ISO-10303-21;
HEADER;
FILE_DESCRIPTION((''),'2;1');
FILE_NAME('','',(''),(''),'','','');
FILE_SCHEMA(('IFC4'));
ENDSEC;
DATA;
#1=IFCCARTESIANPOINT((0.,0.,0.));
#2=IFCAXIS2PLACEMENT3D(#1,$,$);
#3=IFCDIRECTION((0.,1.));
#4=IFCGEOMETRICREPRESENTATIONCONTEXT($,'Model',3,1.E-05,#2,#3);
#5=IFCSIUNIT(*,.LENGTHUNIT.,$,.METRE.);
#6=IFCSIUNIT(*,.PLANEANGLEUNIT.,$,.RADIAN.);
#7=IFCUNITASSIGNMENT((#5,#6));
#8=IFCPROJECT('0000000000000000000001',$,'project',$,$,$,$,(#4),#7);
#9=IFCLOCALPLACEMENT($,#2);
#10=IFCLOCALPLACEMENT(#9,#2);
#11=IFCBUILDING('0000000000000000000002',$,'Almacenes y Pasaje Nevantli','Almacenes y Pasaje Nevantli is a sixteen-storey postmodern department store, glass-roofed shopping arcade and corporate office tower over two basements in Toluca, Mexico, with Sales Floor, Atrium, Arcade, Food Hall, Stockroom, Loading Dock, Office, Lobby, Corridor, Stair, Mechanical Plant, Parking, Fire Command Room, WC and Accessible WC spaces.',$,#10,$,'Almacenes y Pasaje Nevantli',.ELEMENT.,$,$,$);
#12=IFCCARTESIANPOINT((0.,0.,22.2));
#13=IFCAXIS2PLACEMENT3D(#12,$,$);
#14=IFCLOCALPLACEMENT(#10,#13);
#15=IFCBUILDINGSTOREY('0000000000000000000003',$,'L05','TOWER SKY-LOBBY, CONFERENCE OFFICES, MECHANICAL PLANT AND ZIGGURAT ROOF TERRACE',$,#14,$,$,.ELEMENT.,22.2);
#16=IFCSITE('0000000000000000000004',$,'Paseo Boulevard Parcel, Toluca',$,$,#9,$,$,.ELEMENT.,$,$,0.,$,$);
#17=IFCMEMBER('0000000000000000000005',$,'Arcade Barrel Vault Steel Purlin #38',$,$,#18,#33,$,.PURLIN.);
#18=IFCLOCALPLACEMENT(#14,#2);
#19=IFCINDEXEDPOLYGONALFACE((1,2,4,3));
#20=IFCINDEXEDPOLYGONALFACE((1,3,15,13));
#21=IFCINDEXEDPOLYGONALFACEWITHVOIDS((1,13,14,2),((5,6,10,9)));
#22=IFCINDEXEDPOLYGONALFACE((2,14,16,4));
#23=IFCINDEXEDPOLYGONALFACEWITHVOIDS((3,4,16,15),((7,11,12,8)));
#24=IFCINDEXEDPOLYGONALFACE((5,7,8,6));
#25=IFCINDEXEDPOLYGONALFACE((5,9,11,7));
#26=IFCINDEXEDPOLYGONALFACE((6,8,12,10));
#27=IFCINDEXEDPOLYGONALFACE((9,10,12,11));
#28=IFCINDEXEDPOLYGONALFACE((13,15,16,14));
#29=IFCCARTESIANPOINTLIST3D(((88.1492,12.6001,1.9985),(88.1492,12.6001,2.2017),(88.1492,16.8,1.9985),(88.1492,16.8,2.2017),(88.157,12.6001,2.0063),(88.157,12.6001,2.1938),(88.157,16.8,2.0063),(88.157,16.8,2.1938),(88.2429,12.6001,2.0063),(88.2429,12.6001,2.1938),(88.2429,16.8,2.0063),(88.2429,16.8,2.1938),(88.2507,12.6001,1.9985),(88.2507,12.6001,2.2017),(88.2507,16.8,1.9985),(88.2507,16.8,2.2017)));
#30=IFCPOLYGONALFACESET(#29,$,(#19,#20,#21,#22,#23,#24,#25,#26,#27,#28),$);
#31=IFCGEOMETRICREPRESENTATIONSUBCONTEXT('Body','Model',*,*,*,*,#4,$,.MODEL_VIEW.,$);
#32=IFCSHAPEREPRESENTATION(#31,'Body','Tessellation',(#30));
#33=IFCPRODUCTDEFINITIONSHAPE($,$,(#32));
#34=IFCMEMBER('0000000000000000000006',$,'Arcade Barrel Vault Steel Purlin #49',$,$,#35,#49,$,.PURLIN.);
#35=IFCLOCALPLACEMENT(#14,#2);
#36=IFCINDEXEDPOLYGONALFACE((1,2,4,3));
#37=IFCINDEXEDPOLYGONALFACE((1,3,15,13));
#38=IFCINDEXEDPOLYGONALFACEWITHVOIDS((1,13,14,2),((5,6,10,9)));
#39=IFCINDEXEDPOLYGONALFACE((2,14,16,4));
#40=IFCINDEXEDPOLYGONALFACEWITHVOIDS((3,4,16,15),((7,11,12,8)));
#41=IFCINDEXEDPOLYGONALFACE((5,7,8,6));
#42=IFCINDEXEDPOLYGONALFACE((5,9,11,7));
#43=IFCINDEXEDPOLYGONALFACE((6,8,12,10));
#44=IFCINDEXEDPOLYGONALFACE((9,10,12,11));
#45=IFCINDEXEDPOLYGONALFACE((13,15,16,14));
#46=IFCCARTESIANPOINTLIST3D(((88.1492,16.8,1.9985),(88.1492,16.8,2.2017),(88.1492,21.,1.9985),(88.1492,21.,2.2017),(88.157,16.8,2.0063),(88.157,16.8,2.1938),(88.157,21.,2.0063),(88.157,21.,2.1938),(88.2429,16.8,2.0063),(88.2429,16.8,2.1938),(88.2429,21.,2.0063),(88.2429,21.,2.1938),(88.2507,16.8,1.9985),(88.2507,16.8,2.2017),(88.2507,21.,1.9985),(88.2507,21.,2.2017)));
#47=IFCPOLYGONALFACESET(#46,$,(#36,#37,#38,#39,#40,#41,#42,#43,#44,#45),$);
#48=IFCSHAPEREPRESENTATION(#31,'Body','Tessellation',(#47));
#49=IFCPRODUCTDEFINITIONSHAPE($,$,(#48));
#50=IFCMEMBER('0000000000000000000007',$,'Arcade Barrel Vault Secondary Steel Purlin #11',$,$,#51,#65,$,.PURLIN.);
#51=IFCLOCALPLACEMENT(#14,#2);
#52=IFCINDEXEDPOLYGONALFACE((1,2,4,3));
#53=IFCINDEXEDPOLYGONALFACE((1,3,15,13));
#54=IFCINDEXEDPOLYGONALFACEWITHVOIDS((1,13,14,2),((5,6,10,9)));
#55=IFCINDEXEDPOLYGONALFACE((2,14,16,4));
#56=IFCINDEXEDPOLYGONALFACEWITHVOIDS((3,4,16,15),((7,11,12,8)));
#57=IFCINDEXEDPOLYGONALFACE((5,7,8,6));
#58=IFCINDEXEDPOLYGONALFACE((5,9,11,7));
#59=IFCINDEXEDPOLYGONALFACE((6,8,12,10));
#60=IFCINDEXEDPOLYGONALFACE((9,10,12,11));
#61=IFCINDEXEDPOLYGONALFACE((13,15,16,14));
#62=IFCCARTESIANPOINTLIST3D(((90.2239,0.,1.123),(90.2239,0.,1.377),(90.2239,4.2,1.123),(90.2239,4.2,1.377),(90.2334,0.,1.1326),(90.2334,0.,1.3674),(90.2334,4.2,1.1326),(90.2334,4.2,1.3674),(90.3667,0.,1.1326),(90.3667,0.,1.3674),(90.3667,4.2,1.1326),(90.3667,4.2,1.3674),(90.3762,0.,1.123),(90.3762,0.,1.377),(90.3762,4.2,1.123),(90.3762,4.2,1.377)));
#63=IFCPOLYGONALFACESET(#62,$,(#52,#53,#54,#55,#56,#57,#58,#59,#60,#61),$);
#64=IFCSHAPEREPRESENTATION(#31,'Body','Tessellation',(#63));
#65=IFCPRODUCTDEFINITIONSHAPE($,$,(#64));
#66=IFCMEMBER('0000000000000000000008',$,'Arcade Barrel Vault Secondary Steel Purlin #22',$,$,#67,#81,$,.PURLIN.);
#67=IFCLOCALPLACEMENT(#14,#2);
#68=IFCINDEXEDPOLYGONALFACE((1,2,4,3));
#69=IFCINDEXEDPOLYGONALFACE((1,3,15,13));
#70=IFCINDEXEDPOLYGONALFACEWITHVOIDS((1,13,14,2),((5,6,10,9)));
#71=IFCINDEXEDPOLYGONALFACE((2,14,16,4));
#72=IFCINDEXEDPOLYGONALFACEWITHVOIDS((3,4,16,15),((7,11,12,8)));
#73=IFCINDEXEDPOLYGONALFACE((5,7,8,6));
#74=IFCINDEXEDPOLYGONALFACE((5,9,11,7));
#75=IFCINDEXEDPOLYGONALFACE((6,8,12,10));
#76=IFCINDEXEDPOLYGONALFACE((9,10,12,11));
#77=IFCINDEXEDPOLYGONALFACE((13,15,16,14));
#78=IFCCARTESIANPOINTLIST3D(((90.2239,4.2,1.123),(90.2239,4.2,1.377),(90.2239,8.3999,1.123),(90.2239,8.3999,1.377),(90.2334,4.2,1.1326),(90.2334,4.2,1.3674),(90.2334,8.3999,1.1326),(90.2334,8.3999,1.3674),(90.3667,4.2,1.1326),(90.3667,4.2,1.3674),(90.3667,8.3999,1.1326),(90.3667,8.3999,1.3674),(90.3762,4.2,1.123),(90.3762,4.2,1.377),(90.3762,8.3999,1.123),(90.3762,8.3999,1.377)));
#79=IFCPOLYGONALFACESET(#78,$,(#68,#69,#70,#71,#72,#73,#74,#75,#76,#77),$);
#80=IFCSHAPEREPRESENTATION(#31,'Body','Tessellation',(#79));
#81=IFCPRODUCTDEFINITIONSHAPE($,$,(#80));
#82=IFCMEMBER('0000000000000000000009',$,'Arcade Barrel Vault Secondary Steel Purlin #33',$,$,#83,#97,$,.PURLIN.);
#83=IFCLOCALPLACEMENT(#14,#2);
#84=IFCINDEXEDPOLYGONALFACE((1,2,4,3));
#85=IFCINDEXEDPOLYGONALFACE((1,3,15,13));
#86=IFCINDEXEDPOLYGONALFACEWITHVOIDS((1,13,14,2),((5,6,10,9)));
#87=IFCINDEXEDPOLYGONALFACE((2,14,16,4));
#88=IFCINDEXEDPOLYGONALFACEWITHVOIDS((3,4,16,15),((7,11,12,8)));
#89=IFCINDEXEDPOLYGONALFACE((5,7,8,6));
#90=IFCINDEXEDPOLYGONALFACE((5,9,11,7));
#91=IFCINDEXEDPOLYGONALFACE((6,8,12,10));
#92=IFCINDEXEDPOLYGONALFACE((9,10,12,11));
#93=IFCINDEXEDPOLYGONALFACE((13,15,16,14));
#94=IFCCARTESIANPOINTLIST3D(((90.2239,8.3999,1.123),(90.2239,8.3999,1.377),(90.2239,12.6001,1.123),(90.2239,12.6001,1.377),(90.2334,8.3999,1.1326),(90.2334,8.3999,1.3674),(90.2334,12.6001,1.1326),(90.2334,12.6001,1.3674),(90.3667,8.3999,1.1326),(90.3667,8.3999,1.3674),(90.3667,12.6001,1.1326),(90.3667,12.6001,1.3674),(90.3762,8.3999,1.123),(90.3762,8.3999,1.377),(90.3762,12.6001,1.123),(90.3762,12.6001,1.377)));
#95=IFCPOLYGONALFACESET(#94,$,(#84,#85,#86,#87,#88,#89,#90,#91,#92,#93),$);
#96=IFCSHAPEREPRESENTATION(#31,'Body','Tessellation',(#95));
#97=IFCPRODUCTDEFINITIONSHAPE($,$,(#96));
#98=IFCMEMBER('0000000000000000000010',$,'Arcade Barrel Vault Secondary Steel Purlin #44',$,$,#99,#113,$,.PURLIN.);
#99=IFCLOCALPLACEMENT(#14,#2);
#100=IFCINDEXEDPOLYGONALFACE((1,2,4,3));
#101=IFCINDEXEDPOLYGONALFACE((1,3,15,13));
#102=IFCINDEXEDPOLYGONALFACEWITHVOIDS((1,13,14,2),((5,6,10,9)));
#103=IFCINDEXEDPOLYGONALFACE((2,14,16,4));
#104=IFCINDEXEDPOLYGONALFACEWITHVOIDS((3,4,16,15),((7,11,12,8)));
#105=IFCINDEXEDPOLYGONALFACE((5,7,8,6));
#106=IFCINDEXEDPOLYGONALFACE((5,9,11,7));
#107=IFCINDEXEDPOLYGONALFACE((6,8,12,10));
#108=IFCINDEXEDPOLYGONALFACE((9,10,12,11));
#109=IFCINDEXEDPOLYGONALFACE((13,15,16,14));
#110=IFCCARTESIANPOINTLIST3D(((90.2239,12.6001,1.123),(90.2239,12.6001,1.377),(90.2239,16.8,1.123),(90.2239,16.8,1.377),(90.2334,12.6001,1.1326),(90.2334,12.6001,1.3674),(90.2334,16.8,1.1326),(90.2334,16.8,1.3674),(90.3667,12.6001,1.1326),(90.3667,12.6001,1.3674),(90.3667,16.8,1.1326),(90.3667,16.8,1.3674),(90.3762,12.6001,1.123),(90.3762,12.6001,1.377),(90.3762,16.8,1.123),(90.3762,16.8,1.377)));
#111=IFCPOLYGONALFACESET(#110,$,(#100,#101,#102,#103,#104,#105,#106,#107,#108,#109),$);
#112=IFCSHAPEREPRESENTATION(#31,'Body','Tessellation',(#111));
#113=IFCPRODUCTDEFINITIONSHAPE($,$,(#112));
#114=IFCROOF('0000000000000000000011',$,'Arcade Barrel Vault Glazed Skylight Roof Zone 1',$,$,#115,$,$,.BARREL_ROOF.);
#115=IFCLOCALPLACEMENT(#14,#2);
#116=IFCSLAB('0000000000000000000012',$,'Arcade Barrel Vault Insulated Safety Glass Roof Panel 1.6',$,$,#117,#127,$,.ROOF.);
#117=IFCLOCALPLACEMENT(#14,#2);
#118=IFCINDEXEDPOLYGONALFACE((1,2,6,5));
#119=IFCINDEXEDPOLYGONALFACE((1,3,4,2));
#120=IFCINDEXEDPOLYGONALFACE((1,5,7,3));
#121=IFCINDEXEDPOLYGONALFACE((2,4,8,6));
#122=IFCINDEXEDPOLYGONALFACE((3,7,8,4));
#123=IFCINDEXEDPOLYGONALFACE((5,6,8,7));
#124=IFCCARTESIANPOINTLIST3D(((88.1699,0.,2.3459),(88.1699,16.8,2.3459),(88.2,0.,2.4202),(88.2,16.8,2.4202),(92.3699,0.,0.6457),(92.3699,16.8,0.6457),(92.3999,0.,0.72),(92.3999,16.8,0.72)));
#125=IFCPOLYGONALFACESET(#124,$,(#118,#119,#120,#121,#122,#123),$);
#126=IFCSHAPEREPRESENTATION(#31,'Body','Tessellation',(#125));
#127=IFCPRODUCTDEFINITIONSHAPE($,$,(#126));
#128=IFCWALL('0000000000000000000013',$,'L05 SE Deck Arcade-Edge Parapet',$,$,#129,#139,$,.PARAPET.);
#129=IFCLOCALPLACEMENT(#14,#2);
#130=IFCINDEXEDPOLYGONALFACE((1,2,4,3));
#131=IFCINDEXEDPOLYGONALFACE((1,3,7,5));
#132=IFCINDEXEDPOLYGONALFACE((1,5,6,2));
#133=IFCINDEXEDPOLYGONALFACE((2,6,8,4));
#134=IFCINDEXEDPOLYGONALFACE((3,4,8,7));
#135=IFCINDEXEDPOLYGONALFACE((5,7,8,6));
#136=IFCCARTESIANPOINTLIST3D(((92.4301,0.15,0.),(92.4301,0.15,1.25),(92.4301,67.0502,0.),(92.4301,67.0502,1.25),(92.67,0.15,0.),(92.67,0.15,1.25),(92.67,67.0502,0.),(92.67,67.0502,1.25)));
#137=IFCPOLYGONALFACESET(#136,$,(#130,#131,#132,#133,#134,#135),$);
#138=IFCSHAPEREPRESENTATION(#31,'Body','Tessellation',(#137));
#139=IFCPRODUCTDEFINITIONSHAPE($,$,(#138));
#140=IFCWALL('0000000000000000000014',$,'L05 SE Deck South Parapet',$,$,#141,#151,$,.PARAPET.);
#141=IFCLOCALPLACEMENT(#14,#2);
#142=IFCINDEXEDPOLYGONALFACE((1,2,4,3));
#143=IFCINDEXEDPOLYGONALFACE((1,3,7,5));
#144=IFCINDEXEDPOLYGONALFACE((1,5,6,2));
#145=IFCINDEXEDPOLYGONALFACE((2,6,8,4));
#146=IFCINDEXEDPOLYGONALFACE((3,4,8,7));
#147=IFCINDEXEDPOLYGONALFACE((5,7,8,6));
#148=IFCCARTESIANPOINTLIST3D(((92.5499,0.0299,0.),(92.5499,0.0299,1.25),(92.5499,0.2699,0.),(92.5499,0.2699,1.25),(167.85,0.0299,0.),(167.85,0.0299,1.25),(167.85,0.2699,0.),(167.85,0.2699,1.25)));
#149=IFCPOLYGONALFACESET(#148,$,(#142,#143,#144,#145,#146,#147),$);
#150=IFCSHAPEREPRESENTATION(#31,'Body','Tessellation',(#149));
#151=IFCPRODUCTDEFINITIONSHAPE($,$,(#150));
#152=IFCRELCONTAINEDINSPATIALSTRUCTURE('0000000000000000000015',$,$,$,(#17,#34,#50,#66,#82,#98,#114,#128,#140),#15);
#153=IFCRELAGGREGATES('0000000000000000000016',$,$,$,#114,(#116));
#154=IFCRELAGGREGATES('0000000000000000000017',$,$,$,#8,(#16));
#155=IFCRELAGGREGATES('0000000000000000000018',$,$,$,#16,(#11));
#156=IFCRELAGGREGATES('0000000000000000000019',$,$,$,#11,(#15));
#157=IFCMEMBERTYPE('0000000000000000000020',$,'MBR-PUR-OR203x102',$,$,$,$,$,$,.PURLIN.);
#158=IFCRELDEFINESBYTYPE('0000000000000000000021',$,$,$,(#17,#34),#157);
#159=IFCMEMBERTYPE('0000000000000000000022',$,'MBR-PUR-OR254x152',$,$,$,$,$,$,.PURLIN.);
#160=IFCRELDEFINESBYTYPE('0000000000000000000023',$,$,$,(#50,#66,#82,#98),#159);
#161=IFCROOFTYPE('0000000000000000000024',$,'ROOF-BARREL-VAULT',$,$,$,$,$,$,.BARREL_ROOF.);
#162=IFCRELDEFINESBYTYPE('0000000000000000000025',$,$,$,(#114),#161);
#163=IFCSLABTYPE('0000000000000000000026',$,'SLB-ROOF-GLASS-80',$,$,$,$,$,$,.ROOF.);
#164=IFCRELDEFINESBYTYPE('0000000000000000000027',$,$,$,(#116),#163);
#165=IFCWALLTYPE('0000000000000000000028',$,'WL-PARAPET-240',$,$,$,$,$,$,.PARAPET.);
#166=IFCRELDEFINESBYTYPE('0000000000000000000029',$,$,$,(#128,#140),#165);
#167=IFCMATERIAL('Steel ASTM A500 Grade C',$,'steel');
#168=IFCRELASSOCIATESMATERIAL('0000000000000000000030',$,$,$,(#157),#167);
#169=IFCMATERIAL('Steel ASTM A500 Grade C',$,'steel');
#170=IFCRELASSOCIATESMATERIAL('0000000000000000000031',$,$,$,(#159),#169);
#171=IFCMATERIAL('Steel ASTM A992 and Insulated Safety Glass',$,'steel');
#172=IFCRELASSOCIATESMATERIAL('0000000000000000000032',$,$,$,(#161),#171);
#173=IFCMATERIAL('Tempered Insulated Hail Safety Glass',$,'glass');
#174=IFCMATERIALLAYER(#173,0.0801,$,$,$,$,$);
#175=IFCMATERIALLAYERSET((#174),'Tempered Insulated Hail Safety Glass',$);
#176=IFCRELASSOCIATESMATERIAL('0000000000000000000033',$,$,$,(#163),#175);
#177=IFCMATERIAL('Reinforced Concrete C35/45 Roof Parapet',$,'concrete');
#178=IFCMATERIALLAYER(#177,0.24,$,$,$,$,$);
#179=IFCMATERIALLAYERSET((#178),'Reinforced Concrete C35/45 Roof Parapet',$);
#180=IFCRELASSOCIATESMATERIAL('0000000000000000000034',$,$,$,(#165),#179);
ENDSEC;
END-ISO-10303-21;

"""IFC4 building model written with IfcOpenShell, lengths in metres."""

from ifc_helpers import new_model, si_unit, direction, frame, frame_2d, origin, origin_2d, place, context, subcontext, project, spatial, polyline, rectangle, hollow_rectangle, outline, extrude, material, layer, layer_set, material_profile, profile_set, type_object, element, aggregate, save


model = new_model("IFC4")

# Units and contexts
model_context = context("Model", 3, precision=1e-05, world=origin(), true_north=direction((0.0, 1.0)))
body_context = subcontext(model_context, "Body", "Model", "MODEL_VIEW")
ifc_project = project(units=[si_unit("LENGTHUNIT", "METRE"), si_unit("PLANEANGLEUNIT", "RADIAN")], contexts=[model_context])

# Site, building, storey
site_placement = place(None, origin())
site = spatial("IfcSite", under=ifc_project, at=site_placement, Name="Paseo Boulevard Parcel, Toluca", CompositionType="ELEMENT", RefElevation=0.0)
building_placement = place(site_placement, origin())
building = spatial("IfcBuilding", under=site, at=building_placement, Name="Almacenes y Pasaje Nevantli", Description="Almacenes y Pasaje Nevantli is a sixteen-storey postmodern department store, glass-roofed shopping arcade and corporate office tower over two basements in Toluca, Mexico, with Sales Floor, Atrium, Arcade, Food Hall, Stockroom, Loading Dock, Office, Lobby, Corridor, Stair, Mechanical Plant, Parking, Fire Command Room, WC and Accessible WC spaces.", LongName="Almacenes y Pasaje Nevantli", CompositionType="ELEMENT")
storey_placement = place(building_placement, frame((0.0, 0.0, 22.2)))
storey = spatial("IfcBuildingStorey", under=building, at=storey_placement, Name="L05", Description="TOWER SKY-LOBBY, CONFERENCE OFFICES, MECHANICAL PLANT AND ZIGGURAT ROOF TERRACE", CompositionType="ELEMENT", Elevation=22.2)

# Members
ifc_material_1 = material(Name="Steel ASTM A500 Grade C", Category="steel")
ifc_material_profile_1 = material_profile(ifc_material_1, hollow_rectangle(XDim=0.1016, YDim=0.2031, WallThickness=0.0078, at=origin_2d()), Name="OR 203x102x7.9")
ifc_profile_set_1 = profile_set([ifc_material_profile_1], Name="Steel ASTM A500 Grade C")
member_type_1 = type_object("IfcMemberType", Name="MBR-PUR-OR203x102", PredefinedType="PURLIN", material=ifc_profile_set_1)
for number, where, z_axis, x_axis, name in (
    (1, (88.2, 12.6001, 2.1001), (0.0, 1.0, 0.0), (-1.0, 0.0, 0.0), "Arcade Barrel Vault Steel Purlin #38"),
    (2, (88.2, 16.8, 2.1001), (0.0, 1.0, 0.0), (-1.0, 0.0, 0.0), "Arcade Barrel Vault Steel Purlin #49"),
):
    element("IfcMember", number, at=place(storey_placement, frame(where, z_axis=z_axis, x_axis=x_axis)), inside=storey, type_object=member_type_1, Name=name, PredefinedType="PURLIN", context=body_context, shape_type="SweptSolid", body=[
        extrude(hollow_rectangle(XDim=0.1016, YDim=0.2031, WallThickness=0.0078, at=origin_2d()), origin(), (0.0, 0.0, 1.0), 4.2),
    ])
ifc_material_2 = material(Name="Steel ASTM A500 Grade C", Category="steel")
ifc_material_profile_2 = material_profile(ifc_material_2, hollow_rectangle(XDim=0.1523, YDim=0.2539, WallThickness=0.0095, at=origin_2d()), Name="OR 254x152x9.5")
ifc_profile_set_2 = profile_set([ifc_material_profile_2], Name="Steel ASTM A500 Grade C")
member_type_2 = type_object("IfcMemberType", Name="MBR-PUR-OR254x152", PredefinedType="PURLIN", material=ifc_profile_set_2)
for number, where, z_axis, x_axis, name in (
    (3, (90.3, 0.0, 1.25), (0.0, 1.0, 0.0), (-1.0, 0.0, 0.0), "Arcade Barrel Vault Secondary Steel Purlin #11"),
    (4, (90.3, 4.2, 1.25), (0.0, 1.0, 0.0), (-1.0, 0.0, 0.0), "Arcade Barrel Vault Secondary Steel Purlin #22"),
):
    element("IfcMember", number, at=place(storey_placement, frame(where, z_axis=z_axis, x_axis=x_axis)), inside=storey, type_object=member_type_2, Name=name, PredefinedType="PURLIN", context=body_context, shape_type="SweptSolid", body=[
        extrude(hollow_rectangle(XDim=0.1523, YDim=0.2539, WallThickness=0.0095, at=origin_2d()), origin(), (0.0, 0.0, 1.0), 4.2),
    ])
member_1_placement = place(storey_placement, frame((90.3, 8.3999, 1.25), z_axis=(0.0, 1.0, 0.0), x_axis=(-1.0, 0.0, 0.0)))
element("IfcMember", 5, at=member_1_placement, inside=storey, type_object=member_type_2, Name="Arcade Barrel Vault Secondary Steel Purlin #33", PredefinedType="PURLIN", context=body_context, shape_type="SweptSolid", body=[
    extrude(hollow_rectangle(XDim=0.1523, YDim=0.2539, WallThickness=0.0095, at=origin_2d()), origin(), (0.0, 0.0, 1.0), 4.2002),
])
member_2_placement = place(storey_placement, frame((90.3, 12.6001, 1.25), z_axis=(0.0, 1.0, 0.0), x_axis=(-1.0, 0.0, 0.0)))
element("IfcMember", 6, at=member_2_placement, inside=storey, type_object=member_type_2, Name="Arcade Barrel Vault Secondary Steel Purlin #44", PredefinedType="PURLIN", context=body_context, shape_type="SweptSolid", body=[
    extrude(hollow_rectangle(XDim=0.1523, YDim=0.2539, WallThickness=0.0095, at=origin_2d()), origin(), (0.0, 0.0, 1.0), 4.2),
])

# Roof, slab
ifc_material_3 = material(Name="Steel ASTM A992 and Insulated Safety Glass", Category="steel")
roof_type = type_object("IfcRoofType", Name="ROOF-BARREL-VAULT", PredefinedType="BARREL_ROOF", material=ifc_material_3)
roof_placement = place(storey_placement, origin())
roof = element("IfcRoof", 7, at=roof_placement, inside=storey, type_object=roof_type, Name="Arcade Barrel Vault Glazed Skylight Roof Zone 1", PredefinedType="BARREL_ROOF")
ifc_material_4 = material(Name="Tempered Insulated Hail Safety Glass", Category="glass")
ifc_layer_1 = layer(ifc_material_4, 0.0801)
ifc_layer_set_1 = layer_set([ifc_layer_1], Name="Tempered Insulated Hail Safety Glass")
slab_type = type_object("IfcSlabType", Name="SLB-ROOF-GLASS-80", PredefinedType="ROOF", material=ifc_layer_set_1)
slab_placement = place(storey_placement, frame((88.2, 0.0, 2.4202), z_axis=(0.375234, 0.0, 0.92693), x_axis=(0.92693, 0.0, -0.375234)))
slab = element("IfcSlab", 8, at=slab_placement, type_object=slab_type, Name="Arcade Barrel Vault Insulated Safety Glass Roof Panel 1.6", PredefinedType="ROOF", context=body_context, shape_type="SweptSolid", body=[
    extrude(outline(polyline([(0.0, 0.0), (4.531, 0.0), (4.531, 16.8), (0.0, 16.8), (0.0, 0.0)])), origin(), (0.0, 0.0, -1.0), 0.0801),
])
aggregate(roof, [slab])

# Walls
ifc_material_5 = material(Name="Reinforced Concrete C35/45 Roof Parapet", Category="concrete")
ifc_layer_2 = layer(ifc_material_5, 0.24)
ifc_layer_set_2 = layer_set([ifc_layer_2], Name="Reinforced Concrete C35/45 Roof Parapet")
wall_type = type_object("IfcWallType", Name="WL-PARAPET-240", PredefinedType="PARAPET", material=ifc_layer_set_2)
wall_1_placement = place(storey_placement, frame((92.55, 0.1499, 0.0), z_axis=(0.0, 0.0, 1.0), x_axis=(0.0, 1.0, 0.0)))
element("IfcWall", 9, at=wall_1_placement, inside=storey, type_object=wall_type, Name="L05 SE Deck Arcade-Edge Parapet", PredefinedType="PARAPET", context=body_context, shape_type="SweptSolid", body=[
    extrude(rectangle(XDim=66.9001, YDim=0.24, at=frame_2d((33.4502, 0.0))), origin(), (0.0, 0.0, 1.0), 1.25),
])
wall_2_placement = place(storey_placement, frame((92.55, 0.1499, 0.0), z_axis=(0.0, 0.0, 1.0), x_axis=(1.0, 0.0, 0.0)))
element("IfcWall", 10, at=wall_2_placement, inside=storey, type_object=wall_type, Name="L05 SE Deck South Parapet", PredefinedType="PARAPET", context=body_context, shape_type="SweptSolid", body=[
    extrude(rectangle(XDim=75.3, YDim=0.24, at=frame_2d((37.6499, 0.0))), origin(), (0.0, 0.0, 1.0), 1.25),
])

save(model, "model.ifc")
